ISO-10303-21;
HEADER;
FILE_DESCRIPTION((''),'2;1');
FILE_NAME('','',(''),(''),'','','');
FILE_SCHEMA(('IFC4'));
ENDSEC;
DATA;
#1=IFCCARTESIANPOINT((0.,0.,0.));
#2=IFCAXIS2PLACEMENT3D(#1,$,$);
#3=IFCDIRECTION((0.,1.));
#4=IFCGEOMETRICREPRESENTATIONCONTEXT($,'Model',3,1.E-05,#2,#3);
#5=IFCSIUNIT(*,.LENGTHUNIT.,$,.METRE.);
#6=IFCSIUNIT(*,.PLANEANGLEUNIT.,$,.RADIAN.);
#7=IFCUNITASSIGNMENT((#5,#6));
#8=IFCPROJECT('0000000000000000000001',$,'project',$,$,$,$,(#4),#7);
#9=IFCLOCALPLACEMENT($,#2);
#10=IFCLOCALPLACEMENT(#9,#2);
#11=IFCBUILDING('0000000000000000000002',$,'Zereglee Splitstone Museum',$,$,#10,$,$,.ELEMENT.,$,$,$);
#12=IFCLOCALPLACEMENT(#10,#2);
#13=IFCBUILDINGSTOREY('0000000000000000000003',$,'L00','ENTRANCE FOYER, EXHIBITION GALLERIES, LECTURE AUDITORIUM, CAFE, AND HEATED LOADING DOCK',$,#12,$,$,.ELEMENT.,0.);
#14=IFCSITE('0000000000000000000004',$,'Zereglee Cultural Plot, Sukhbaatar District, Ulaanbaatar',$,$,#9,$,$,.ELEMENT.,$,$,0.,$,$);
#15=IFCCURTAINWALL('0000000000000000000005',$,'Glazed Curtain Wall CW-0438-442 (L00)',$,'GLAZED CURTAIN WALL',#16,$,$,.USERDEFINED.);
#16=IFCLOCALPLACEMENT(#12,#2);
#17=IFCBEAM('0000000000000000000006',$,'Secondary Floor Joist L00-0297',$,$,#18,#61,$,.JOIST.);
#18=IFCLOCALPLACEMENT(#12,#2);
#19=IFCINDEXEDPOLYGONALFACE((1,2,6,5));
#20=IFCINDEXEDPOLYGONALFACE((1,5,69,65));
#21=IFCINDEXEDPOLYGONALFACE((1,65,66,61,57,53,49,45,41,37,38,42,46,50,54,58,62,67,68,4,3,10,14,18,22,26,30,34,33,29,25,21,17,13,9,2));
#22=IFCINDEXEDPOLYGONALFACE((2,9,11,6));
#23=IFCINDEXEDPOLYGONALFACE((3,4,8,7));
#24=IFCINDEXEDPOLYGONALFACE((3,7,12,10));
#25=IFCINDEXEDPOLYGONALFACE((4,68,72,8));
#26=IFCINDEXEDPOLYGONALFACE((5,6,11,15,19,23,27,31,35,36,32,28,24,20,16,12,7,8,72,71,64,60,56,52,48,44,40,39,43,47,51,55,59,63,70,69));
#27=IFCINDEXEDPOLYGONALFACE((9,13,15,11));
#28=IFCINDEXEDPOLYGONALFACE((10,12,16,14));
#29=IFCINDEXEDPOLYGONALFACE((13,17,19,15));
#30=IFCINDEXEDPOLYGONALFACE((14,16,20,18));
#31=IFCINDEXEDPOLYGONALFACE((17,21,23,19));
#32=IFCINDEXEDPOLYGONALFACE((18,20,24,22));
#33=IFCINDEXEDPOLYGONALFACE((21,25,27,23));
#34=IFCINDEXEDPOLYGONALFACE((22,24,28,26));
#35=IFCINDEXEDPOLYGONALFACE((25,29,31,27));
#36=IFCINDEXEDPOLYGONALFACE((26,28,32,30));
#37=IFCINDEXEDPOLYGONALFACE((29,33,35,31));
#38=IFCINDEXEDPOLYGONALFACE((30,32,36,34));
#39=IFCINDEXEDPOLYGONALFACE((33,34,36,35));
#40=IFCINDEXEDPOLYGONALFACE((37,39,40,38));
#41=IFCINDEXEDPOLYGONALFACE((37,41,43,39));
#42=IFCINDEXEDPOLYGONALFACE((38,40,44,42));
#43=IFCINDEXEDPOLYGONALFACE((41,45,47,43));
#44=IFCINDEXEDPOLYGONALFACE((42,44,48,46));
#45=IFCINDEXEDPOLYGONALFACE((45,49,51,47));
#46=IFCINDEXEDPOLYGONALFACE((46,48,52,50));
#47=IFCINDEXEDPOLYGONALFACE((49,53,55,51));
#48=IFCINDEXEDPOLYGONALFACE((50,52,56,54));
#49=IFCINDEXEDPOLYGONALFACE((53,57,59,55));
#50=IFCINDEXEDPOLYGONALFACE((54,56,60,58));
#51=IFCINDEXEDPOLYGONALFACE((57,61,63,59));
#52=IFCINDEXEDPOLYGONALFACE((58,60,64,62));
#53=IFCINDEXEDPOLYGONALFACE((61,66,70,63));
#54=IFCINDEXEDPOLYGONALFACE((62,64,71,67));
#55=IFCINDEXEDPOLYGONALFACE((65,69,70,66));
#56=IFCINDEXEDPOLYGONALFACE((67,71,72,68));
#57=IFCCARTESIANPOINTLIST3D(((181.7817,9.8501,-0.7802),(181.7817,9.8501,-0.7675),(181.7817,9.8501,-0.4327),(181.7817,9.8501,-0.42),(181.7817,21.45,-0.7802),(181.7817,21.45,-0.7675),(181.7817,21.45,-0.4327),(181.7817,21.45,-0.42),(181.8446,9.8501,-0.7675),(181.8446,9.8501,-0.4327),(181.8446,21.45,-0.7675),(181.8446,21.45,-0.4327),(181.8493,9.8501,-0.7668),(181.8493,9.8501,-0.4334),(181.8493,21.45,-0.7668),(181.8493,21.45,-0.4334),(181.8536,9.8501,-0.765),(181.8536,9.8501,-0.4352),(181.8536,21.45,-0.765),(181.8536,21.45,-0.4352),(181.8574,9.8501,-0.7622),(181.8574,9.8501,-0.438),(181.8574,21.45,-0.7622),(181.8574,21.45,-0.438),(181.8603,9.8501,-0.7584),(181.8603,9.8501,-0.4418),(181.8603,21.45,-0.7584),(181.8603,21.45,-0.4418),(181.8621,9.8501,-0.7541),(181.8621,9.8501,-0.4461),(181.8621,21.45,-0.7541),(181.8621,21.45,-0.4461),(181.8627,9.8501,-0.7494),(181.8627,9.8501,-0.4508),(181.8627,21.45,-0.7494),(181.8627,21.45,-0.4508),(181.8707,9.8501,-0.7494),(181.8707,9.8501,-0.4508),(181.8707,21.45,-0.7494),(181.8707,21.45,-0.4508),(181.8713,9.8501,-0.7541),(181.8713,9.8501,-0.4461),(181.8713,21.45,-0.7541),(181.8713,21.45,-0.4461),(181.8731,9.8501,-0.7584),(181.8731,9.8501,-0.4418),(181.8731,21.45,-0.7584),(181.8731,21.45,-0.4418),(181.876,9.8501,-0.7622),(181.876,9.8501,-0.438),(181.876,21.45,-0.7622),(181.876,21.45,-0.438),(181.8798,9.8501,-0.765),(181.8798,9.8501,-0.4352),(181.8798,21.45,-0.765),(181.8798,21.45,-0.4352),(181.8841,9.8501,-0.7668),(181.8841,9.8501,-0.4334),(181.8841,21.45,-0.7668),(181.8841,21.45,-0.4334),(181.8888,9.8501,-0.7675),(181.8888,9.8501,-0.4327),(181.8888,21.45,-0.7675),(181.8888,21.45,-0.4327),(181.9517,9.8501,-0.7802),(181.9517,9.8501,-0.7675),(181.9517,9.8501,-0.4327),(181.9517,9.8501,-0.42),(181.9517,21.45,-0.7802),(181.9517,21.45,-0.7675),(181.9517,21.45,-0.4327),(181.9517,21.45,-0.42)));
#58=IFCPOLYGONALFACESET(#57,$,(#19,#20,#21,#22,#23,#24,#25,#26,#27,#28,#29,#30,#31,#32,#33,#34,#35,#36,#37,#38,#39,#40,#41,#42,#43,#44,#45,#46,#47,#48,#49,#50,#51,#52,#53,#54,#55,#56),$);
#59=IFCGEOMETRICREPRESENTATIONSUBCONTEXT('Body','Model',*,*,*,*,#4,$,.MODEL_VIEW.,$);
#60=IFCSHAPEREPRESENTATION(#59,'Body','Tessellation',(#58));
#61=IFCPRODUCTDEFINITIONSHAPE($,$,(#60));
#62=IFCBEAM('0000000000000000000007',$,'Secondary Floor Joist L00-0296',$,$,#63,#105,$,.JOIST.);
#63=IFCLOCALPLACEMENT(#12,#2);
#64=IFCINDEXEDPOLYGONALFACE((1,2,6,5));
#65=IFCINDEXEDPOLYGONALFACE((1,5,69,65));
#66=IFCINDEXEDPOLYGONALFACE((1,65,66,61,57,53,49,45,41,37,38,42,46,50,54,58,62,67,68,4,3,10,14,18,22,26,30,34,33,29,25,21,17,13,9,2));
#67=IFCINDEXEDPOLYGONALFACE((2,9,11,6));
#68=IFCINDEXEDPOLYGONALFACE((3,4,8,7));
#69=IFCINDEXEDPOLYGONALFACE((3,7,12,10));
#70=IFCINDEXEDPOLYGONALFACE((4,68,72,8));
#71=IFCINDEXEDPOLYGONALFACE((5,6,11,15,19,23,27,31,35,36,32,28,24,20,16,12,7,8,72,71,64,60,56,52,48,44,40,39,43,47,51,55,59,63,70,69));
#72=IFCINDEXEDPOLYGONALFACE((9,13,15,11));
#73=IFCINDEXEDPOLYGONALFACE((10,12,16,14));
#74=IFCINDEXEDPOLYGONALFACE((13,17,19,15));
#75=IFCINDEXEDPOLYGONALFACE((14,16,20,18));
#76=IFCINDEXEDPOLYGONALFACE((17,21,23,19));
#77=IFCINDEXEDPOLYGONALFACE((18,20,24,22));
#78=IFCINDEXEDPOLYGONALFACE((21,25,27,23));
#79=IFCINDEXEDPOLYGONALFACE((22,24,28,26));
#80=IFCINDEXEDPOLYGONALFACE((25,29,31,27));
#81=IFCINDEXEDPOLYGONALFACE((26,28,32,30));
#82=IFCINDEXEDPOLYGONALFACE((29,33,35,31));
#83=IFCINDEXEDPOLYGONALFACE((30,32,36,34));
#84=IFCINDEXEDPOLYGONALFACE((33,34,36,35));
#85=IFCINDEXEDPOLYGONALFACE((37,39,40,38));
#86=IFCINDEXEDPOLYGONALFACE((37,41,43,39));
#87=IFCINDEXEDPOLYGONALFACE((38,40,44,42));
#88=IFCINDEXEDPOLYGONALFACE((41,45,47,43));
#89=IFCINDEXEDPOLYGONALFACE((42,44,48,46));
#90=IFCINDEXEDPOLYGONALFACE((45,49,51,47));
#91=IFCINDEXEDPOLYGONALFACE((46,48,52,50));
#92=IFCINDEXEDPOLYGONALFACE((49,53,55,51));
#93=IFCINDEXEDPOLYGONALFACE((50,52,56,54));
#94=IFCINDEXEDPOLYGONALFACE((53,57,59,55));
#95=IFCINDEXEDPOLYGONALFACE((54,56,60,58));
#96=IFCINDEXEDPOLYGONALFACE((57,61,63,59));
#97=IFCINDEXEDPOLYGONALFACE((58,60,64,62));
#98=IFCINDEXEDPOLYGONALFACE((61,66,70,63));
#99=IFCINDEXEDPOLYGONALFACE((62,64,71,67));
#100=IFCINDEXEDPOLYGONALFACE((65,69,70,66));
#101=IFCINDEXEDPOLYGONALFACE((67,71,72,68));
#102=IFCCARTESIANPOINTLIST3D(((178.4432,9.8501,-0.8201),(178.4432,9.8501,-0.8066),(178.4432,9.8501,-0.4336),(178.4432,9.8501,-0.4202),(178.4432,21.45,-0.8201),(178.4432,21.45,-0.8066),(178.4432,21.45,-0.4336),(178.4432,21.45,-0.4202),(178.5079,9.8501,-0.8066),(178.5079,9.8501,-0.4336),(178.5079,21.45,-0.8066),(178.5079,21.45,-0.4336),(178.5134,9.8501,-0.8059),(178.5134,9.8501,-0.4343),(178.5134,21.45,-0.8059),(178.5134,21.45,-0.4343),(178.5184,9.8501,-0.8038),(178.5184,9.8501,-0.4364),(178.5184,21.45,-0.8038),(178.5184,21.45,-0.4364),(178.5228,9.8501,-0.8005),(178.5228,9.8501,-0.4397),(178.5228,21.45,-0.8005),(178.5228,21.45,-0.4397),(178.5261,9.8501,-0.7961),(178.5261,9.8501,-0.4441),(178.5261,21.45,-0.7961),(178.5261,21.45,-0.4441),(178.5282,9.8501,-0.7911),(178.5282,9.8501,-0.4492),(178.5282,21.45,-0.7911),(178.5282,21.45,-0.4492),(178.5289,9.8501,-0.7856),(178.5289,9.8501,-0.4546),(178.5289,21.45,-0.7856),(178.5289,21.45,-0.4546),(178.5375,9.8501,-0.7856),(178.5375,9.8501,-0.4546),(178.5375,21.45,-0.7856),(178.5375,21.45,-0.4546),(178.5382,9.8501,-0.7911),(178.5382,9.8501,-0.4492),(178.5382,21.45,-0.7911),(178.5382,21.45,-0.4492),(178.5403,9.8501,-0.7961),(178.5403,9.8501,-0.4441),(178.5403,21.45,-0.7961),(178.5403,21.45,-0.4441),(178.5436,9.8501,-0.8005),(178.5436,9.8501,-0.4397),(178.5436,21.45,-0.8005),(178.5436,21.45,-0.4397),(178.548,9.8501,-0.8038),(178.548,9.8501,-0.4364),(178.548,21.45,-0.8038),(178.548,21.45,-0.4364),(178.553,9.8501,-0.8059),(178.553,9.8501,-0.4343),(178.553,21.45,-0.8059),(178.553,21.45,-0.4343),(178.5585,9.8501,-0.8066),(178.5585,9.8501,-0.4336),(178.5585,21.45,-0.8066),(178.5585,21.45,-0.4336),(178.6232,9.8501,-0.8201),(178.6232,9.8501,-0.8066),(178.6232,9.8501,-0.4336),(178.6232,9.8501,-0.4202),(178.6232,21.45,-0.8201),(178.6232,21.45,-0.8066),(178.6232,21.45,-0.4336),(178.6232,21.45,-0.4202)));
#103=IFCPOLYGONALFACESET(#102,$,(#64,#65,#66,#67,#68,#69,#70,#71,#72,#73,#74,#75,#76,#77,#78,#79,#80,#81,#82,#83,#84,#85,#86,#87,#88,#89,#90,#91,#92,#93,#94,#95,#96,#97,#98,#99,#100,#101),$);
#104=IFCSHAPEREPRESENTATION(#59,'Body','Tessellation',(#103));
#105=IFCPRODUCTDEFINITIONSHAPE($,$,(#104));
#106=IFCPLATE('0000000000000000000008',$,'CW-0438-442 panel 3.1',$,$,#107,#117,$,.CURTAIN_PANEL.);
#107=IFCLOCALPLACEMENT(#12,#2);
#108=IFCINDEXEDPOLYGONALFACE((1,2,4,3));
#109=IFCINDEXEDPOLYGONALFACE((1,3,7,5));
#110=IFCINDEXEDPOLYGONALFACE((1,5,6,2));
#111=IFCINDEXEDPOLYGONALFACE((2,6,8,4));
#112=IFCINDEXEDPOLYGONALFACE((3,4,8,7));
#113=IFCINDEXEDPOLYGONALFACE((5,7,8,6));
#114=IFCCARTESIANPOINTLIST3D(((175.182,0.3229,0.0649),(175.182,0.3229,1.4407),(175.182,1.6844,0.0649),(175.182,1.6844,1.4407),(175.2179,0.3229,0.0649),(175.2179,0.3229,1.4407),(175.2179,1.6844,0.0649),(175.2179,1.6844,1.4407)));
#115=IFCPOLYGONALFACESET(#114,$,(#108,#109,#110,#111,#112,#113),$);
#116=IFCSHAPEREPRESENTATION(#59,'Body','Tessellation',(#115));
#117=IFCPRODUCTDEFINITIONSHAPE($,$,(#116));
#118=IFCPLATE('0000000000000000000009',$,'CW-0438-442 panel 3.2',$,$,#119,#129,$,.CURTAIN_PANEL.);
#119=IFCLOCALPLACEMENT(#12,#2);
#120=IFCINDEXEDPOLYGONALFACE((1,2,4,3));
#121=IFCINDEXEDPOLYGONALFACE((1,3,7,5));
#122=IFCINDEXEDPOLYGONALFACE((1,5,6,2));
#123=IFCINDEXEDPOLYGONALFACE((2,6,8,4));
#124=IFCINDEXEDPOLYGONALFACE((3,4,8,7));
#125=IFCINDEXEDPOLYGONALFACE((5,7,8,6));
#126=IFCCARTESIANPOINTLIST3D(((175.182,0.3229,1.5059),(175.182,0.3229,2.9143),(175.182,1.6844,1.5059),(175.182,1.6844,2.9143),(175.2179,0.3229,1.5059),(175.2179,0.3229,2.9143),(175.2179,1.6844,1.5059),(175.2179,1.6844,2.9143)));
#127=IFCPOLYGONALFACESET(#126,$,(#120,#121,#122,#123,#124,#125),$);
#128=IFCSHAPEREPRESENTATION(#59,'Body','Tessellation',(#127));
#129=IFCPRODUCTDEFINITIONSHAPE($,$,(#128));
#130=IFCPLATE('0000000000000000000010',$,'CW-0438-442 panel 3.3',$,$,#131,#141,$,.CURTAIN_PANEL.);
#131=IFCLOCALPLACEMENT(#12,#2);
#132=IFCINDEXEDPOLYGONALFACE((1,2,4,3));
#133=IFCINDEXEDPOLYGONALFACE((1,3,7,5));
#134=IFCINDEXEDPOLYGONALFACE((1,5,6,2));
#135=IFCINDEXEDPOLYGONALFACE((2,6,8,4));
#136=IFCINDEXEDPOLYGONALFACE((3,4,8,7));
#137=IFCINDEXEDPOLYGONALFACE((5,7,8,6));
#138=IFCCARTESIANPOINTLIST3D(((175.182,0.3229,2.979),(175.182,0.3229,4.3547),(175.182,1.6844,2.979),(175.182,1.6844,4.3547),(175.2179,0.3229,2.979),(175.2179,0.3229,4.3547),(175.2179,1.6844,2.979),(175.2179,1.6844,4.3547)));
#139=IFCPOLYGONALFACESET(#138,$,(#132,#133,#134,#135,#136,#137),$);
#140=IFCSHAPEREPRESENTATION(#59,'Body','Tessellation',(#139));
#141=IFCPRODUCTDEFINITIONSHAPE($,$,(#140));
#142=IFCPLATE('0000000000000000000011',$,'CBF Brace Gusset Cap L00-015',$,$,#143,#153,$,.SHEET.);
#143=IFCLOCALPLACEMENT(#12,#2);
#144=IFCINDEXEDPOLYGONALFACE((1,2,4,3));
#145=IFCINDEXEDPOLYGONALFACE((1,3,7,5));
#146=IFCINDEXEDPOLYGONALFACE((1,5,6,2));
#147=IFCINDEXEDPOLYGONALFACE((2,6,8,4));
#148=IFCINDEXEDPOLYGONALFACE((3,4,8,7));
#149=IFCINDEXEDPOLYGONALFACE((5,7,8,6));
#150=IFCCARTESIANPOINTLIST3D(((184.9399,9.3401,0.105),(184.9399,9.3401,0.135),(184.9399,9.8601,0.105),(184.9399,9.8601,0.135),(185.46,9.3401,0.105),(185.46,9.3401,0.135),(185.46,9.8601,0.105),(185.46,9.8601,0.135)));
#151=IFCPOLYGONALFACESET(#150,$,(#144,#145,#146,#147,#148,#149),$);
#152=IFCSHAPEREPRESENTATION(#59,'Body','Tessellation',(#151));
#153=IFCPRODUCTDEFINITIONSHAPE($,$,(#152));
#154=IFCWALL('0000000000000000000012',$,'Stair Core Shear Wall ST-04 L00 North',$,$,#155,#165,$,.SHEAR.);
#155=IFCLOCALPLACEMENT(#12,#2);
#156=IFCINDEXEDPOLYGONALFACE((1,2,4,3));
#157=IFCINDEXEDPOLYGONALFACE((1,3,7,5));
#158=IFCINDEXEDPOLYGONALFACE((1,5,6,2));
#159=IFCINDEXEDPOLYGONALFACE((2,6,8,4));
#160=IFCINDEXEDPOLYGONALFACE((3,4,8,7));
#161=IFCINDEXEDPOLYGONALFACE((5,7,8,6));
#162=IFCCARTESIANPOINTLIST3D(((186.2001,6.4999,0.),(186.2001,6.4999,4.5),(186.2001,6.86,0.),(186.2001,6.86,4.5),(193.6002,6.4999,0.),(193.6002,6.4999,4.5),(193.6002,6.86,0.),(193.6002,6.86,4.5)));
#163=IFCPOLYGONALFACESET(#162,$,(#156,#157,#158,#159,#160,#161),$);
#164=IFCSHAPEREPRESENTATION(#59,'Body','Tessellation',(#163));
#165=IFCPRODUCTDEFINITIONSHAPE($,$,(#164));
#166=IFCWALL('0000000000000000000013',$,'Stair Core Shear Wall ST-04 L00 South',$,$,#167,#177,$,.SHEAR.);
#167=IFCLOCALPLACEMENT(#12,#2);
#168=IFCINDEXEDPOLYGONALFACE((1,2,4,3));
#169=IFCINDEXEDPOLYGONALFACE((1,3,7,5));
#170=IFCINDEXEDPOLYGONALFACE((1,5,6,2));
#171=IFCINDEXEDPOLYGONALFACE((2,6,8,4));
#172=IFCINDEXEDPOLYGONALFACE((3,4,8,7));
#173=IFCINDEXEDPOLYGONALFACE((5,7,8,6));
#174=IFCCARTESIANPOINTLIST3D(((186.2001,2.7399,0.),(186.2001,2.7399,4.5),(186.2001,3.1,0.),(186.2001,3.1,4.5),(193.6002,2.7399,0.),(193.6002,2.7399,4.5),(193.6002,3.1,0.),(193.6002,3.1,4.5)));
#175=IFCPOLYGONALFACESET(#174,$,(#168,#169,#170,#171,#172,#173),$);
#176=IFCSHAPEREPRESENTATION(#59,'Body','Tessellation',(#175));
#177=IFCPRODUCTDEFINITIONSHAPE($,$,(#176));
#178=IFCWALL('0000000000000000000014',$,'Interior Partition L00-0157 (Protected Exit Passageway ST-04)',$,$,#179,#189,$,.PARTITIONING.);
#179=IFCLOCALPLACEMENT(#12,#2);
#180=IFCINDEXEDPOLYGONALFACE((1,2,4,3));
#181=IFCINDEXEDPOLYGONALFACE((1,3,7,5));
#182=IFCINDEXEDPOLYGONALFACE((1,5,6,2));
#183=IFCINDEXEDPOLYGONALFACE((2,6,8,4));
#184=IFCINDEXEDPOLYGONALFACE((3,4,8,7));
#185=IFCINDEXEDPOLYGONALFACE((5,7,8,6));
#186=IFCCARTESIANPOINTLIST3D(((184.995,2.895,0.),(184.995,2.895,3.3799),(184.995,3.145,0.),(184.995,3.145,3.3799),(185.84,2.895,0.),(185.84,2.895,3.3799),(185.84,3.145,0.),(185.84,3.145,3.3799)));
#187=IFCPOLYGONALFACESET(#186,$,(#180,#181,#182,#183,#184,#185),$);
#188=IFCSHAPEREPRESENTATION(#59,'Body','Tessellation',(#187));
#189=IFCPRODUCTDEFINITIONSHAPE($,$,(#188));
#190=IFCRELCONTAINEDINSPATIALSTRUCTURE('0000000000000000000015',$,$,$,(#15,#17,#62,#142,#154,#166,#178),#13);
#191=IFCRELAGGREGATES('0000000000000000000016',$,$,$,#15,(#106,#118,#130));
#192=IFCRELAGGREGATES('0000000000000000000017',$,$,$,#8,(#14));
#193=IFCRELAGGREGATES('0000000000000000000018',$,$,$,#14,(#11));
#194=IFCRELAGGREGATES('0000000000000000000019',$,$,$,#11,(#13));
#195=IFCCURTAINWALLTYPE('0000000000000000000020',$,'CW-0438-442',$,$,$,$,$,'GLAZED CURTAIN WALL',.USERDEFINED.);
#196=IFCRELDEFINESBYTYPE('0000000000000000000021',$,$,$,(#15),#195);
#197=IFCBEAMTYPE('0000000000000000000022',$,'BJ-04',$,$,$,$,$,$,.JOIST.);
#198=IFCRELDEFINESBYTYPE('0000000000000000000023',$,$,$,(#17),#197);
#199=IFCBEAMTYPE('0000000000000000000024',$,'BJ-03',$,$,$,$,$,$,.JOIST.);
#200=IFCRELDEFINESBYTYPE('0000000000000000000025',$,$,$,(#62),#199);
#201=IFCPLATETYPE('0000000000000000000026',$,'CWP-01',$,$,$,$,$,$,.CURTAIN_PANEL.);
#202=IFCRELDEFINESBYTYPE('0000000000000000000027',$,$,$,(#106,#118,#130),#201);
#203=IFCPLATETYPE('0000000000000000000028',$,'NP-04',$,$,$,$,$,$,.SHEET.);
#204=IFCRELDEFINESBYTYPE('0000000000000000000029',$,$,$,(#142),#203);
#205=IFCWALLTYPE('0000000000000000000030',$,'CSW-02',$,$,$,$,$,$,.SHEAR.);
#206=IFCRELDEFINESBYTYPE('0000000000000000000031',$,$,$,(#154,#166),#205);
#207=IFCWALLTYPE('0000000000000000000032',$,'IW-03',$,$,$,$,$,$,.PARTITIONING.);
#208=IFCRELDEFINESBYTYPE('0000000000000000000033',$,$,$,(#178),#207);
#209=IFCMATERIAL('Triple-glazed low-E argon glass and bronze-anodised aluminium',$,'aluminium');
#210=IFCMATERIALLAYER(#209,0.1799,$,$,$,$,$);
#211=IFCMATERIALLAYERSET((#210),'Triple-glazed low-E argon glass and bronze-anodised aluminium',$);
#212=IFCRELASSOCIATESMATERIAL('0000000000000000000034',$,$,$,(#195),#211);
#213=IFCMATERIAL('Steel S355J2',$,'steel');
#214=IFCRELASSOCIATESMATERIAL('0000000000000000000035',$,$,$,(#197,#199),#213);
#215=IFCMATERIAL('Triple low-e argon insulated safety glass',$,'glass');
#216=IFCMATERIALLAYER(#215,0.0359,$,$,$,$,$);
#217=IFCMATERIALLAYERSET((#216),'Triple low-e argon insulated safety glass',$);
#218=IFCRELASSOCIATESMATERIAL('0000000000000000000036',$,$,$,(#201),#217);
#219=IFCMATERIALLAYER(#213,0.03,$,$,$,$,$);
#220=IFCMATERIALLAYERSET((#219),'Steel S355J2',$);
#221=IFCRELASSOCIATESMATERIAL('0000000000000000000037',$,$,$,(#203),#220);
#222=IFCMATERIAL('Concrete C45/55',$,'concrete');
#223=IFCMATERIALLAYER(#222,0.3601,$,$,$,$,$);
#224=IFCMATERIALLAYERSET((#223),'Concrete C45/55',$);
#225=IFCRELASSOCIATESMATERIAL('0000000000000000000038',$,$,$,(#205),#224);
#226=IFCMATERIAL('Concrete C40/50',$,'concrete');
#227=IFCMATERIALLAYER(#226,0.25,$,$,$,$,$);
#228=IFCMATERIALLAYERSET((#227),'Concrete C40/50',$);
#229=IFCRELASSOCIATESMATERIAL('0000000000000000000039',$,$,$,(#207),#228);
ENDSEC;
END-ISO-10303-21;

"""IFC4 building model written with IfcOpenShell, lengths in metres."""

from ifc_helpers import new_model, si_unit, direction, frame, frame_2d, origin, origin_2d, place, context, subcontext, project, spatial, rectangle, i_section, extrude, material, layer, layer_set, material_profile, profile_set, type_object, element, aggregate, save


model = new_model("IFC4")

# Units and contexts
model_context = context("Model", 3, precision=1e-05, world=origin(), true_north=direction((0.0, 1.0)))
body_context = subcontext(model_context, "Body", "Model", "MODEL_VIEW")
ifc_project = project(units=[si_unit("LENGTHUNIT", "METRE"), si_unit("PLANEANGLEUNIT", "RADIAN")], contexts=[model_context])

# Site, building, storey
site_placement = place(None, origin())
site = spatial("IfcSite", under=ifc_project, at=site_placement, Name="Zereglee Cultural Plot, Sukhbaatar District, Ulaanbaatar", CompositionType="ELEMENT", RefElevation=0.0)
building_placement = place(site_placement, origin())
building = spatial("IfcBuilding", under=site, at=building_placement, Name="Zereglee Splitstone Museum", CompositionType="ELEMENT")
storey_placement = place(building_placement, origin())
storey = spatial("IfcBuildingStorey", under=building, at=storey_placement, Name="L00", Description="ENTRANCE FOYER, EXHIBITION GALLERIES, LECTURE AUDITORIUM, CAFE, AND HEATED LOADING DOCK", CompositionType="ELEMENT", Elevation=0.0)

# Shared definitions
ifc_material_1 = material(Name="Concrete C45/55", Category="concrete")

# Shared definitions
ifc_material_2 = material(Name="Concrete C40/50", Category="concrete")

# Curtain wall
ifc_material_3 = material(Name="Triple-glazed low-E argon glass and bronze-anodised aluminium", Category="aluminium")
ifc_layer_1 = layer(ifc_material_3, 0.1799)
ifc_layer_set_1 = layer_set([ifc_layer_1], Name="Triple-glazed low-E argon glass and bronze-anodised aluminium")
curtain_wall_type = type_object("IfcCurtainWallType", Name="CW-0438-442", ElementType="GLAZED CURTAIN WALL", PredefinedType="USERDEFINED", material=ifc_layer_set_1)
curtain_wall_placement = place(storey_placement, origin())
curtain_wall = element("IfcCurtainWall", 1, at=curtain_wall_placement, inside=storey, type_object=curtain_wall_type, Name="Glazed Curtain Wall CW-0438-442 (L00)", ObjectType="GLAZED CURTAIN WALL", PredefinedType="USERDEFINED")

# Beams
ifc_material_4 = material(Name="Steel S355J2", Category="steel")
ifc_material_profile_1 = material_profile(ifc_material_4, i_section(OverallWidth=0.1699, OverallDepth=0.3601, WebThickness=0.0081, FlangeThickness=0.0127, FilletRadius=0.0181, at=origin_2d()), Name="IPE 360")
ifc_profile_set_1 = profile_set([ifc_material_profile_1], Name="Steel S355J2")
beam_type_1 = type_object("IfcBeamType", Name="BJ-04", PredefinedType="JOIST", material=ifc_profile_set_1)
beam_1_placement = place(storey_placement, frame((181.8667, 9.8501, -0.6001), z_axis=(0.0, 1.0, 0.0), x_axis=(-1.0, 0.0, 0.0)))
element("IfcBeam", 2, at=beam_1_placement, inside=storey, type_object=beam_type_1, Name="Secondary Floor Joist L00-0297", PredefinedType="JOIST", context=body_context, shape_type="SweptSolid", body=[
    extrude(i_section(OverallWidth=0.1699, OverallDepth=0.3601, WebThickness=0.0081, FlangeThickness=0.0127, FilletRadius=0.0181, at=origin_2d()), origin(), (0.0, 0.0, 1.0), 11.5999),
])
ifc_material_profile_2 = material_profile(ifc_material_4, i_section(OverallWidth=0.1799, OverallDepth=0.3999, WebThickness=0.0085, FlangeThickness=0.0134, FilletRadius=0.021, at=origin_2d()), Name="IPE 400")
ifc_profile_set_2 = profile_set([ifc_material_profile_2], Name="Steel S355J2")
beam_type_2 = type_object("IfcBeamType", Name="BJ-03", PredefinedType="JOIST", material=ifc_profile_set_2)
beam_2_placement = place(storey_placement, frame((178.5332, 9.8501, -0.6201), z_axis=(0.0, 1.0, 0.0), x_axis=(-1.0, 0.0, 0.0)))
element("IfcBeam", 3, at=beam_2_placement, inside=storey, type_object=beam_type_2, Name="Secondary Floor Joist L00-0296", PredefinedType="JOIST", context=body_context, shape_type="SweptSolid", body=[
    extrude(i_section(OverallWidth=0.1799, OverallDepth=0.3999, WebThickness=0.0085, FlangeThickness=0.0134, FilletRadius=0.021, at=origin_2d()), origin(), (0.0, 0.0, 1.0), 11.5999),
])

# Plates
ifc_material_5 = material(Name="Triple low-e argon insulated safety glass", Category="glass")
ifc_layer_2 = layer(ifc_material_5, 0.0359)
ifc_layer_set_2 = layer_set([ifc_layer_2], Name="Triple low-e argon insulated safety glass")
plate_type_1 = type_object("IfcPlateType", Name="CWP-01", PredefinedType="CURTAIN_PANEL", material=ifc_layer_set_2)
plate_1_placement = place(storey_placement, frame((175.2, 1.0037, 0.0649), z_axis=(0.0, 0.0, 1.0), x_axis=(0.0, -1.0, 0.0)))
plate_1 = element("IfcPlate", 4, at=plate_1_placement, type_object=plate_type_1, Name="CW-0438-442 panel 3.1", PredefinedType="CURTAIN_PANEL", context=body_context, shape_type="SweptSolid", body=[
    extrude(rectangle(XDim=1.3616, YDim=0.0359, at=origin_2d()), origin(), (0.0, 0.0, 1.0), 1.3757),
])
plate_2_placement = place(storey_placement, frame((175.2, 1.0037, 1.5059), z_axis=(0.0, 0.0, 1.0), x_axis=(0.0, -1.0, 0.0)))
plate_2 = element("IfcPlate", 5, at=plate_2_placement, type_object=plate_type_1, Name="CW-0438-442 panel 3.2", PredefinedType="CURTAIN_PANEL", context=body_context, shape_type="SweptSolid", body=[
    extrude(rectangle(XDim=1.3616, YDim=0.0359, at=origin_2d()), origin(), (0.0, 0.0, 1.0), 1.4084),
])
plate_3_placement = place(storey_placement, frame((175.2, 1.0037, 2.979), z_axis=(0.0, 0.0, 1.0), x_axis=(0.0, -1.0, 0.0)))
plate_3 = element("IfcPlate", 6, at=plate_3_placement, type_object=plate_type_1, Name="CW-0438-442 panel 3.3", PredefinedType="CURTAIN_PANEL", context=body_context, shape_type="SweptSolid", body=[
    extrude(rectangle(XDim=1.3616, YDim=0.0359, at=origin_2d()), origin(), (0.0, 0.0, 1.0), 1.3757),
])
aggregate(curtain_wall, [plate_1, plate_2, plate_3])
ifc_layer_3 = layer(ifc_material_4, 0.03)
ifc_layer_set_3 = layer_set([ifc_layer_3], Name="Steel S355J2")
plate_type_2 = type_object("IfcPlateType", Name="NP-04", PredefinedType="SHEET", material=ifc_layer_set_3)
plate_4_placement = place(storey_placement, frame((185.2, 9.6001, 0.105), z_axis=(0.0, 0.0, 1.0), x_axis=(1.0, 0.0, 0.0)))
element("IfcPlate", 7, at=plate_4_placement, inside=storey, type_object=plate_type_2, Name="CBF Brace Gusset Cap L00-015", PredefinedType="SHEET", context=body_context, shape_type="SweptSolid", body=[
    extrude(rectangle(XDim=0.52, YDim=0.52, at=origin_2d()), origin(), (0.0, 0.0, 1.0), 0.03),
])

# Shared definitions
ifc_layer_4 = layer(ifc_material_1, 0.3601)
ifc_layer_set_4 = layer_set([ifc_layer_4], Name="Concrete C45/55")
wall_type_1 = type_object("IfcWallType", Name="CSW-02", PredefinedType="SHEAR", material=ifc_layer_set_4)

# Walls
for number, where, z_axis, x_axis, name in (
    (8, (186.2, 6.6799, 0.0), (0.0, 0.0, 1.0), (1.0, 0.0, 0.0), "Stair Core Shear Wall ST-04 L00 North"),
    (9, (186.2, 2.9199, 0.0), (0.0, 0.0, 1.0), (1.0, 0.0, 0.0), "Stair Core Shear Wall ST-04 L00 South"),
):
    element("IfcWall", number, at=place(storey_placement, frame(where, z_axis=z_axis, x_axis=x_axis)), inside=storey, type_object=wall_type_1, Name=name, PredefinedType="SHEAR", context=body_context, shape_type="SweptSolid", body=[
        extrude(rectangle(XDim=7.4001, YDim=0.3601, at=frame_2d((3.7002, 0.0))), origin(), (0.0, 0.0, 1.0), 4.5),
    ])
ifc_layer_5 = layer(ifc_material_2, 0.25)
ifc_layer_set_5 = layer_set([ifc_layer_5], Name="Concrete C40/50")
wall_type_2 = type_object("IfcWallType", Name="IW-03", PredefinedType="PARTITIONING", material=ifc_layer_set_5)
wall_1_placement = place(storey_placement, frame((184.9951, 3.02, 0.0), z_axis=(0.0, 0.0, 1.0), x_axis=(1.0, 0.0, 0.0)))
element("IfcWall", 10, at=wall_1_placement, inside=storey, type_object=wall_type_2, Name="Interior Partition L00-0157 (Protected Exit Passageway ST-04)", PredefinedType="PARTITIONING", context=body_context, shape_type="SweptSolid", body=[
    extrude(rectangle(XDim=0.845, YDim=0.25, at=frame_2d((0.4224, 0.0))), origin(), (0.0, 0.0, 1.0), 3.3799),
])

save(model, "model.ifc")
